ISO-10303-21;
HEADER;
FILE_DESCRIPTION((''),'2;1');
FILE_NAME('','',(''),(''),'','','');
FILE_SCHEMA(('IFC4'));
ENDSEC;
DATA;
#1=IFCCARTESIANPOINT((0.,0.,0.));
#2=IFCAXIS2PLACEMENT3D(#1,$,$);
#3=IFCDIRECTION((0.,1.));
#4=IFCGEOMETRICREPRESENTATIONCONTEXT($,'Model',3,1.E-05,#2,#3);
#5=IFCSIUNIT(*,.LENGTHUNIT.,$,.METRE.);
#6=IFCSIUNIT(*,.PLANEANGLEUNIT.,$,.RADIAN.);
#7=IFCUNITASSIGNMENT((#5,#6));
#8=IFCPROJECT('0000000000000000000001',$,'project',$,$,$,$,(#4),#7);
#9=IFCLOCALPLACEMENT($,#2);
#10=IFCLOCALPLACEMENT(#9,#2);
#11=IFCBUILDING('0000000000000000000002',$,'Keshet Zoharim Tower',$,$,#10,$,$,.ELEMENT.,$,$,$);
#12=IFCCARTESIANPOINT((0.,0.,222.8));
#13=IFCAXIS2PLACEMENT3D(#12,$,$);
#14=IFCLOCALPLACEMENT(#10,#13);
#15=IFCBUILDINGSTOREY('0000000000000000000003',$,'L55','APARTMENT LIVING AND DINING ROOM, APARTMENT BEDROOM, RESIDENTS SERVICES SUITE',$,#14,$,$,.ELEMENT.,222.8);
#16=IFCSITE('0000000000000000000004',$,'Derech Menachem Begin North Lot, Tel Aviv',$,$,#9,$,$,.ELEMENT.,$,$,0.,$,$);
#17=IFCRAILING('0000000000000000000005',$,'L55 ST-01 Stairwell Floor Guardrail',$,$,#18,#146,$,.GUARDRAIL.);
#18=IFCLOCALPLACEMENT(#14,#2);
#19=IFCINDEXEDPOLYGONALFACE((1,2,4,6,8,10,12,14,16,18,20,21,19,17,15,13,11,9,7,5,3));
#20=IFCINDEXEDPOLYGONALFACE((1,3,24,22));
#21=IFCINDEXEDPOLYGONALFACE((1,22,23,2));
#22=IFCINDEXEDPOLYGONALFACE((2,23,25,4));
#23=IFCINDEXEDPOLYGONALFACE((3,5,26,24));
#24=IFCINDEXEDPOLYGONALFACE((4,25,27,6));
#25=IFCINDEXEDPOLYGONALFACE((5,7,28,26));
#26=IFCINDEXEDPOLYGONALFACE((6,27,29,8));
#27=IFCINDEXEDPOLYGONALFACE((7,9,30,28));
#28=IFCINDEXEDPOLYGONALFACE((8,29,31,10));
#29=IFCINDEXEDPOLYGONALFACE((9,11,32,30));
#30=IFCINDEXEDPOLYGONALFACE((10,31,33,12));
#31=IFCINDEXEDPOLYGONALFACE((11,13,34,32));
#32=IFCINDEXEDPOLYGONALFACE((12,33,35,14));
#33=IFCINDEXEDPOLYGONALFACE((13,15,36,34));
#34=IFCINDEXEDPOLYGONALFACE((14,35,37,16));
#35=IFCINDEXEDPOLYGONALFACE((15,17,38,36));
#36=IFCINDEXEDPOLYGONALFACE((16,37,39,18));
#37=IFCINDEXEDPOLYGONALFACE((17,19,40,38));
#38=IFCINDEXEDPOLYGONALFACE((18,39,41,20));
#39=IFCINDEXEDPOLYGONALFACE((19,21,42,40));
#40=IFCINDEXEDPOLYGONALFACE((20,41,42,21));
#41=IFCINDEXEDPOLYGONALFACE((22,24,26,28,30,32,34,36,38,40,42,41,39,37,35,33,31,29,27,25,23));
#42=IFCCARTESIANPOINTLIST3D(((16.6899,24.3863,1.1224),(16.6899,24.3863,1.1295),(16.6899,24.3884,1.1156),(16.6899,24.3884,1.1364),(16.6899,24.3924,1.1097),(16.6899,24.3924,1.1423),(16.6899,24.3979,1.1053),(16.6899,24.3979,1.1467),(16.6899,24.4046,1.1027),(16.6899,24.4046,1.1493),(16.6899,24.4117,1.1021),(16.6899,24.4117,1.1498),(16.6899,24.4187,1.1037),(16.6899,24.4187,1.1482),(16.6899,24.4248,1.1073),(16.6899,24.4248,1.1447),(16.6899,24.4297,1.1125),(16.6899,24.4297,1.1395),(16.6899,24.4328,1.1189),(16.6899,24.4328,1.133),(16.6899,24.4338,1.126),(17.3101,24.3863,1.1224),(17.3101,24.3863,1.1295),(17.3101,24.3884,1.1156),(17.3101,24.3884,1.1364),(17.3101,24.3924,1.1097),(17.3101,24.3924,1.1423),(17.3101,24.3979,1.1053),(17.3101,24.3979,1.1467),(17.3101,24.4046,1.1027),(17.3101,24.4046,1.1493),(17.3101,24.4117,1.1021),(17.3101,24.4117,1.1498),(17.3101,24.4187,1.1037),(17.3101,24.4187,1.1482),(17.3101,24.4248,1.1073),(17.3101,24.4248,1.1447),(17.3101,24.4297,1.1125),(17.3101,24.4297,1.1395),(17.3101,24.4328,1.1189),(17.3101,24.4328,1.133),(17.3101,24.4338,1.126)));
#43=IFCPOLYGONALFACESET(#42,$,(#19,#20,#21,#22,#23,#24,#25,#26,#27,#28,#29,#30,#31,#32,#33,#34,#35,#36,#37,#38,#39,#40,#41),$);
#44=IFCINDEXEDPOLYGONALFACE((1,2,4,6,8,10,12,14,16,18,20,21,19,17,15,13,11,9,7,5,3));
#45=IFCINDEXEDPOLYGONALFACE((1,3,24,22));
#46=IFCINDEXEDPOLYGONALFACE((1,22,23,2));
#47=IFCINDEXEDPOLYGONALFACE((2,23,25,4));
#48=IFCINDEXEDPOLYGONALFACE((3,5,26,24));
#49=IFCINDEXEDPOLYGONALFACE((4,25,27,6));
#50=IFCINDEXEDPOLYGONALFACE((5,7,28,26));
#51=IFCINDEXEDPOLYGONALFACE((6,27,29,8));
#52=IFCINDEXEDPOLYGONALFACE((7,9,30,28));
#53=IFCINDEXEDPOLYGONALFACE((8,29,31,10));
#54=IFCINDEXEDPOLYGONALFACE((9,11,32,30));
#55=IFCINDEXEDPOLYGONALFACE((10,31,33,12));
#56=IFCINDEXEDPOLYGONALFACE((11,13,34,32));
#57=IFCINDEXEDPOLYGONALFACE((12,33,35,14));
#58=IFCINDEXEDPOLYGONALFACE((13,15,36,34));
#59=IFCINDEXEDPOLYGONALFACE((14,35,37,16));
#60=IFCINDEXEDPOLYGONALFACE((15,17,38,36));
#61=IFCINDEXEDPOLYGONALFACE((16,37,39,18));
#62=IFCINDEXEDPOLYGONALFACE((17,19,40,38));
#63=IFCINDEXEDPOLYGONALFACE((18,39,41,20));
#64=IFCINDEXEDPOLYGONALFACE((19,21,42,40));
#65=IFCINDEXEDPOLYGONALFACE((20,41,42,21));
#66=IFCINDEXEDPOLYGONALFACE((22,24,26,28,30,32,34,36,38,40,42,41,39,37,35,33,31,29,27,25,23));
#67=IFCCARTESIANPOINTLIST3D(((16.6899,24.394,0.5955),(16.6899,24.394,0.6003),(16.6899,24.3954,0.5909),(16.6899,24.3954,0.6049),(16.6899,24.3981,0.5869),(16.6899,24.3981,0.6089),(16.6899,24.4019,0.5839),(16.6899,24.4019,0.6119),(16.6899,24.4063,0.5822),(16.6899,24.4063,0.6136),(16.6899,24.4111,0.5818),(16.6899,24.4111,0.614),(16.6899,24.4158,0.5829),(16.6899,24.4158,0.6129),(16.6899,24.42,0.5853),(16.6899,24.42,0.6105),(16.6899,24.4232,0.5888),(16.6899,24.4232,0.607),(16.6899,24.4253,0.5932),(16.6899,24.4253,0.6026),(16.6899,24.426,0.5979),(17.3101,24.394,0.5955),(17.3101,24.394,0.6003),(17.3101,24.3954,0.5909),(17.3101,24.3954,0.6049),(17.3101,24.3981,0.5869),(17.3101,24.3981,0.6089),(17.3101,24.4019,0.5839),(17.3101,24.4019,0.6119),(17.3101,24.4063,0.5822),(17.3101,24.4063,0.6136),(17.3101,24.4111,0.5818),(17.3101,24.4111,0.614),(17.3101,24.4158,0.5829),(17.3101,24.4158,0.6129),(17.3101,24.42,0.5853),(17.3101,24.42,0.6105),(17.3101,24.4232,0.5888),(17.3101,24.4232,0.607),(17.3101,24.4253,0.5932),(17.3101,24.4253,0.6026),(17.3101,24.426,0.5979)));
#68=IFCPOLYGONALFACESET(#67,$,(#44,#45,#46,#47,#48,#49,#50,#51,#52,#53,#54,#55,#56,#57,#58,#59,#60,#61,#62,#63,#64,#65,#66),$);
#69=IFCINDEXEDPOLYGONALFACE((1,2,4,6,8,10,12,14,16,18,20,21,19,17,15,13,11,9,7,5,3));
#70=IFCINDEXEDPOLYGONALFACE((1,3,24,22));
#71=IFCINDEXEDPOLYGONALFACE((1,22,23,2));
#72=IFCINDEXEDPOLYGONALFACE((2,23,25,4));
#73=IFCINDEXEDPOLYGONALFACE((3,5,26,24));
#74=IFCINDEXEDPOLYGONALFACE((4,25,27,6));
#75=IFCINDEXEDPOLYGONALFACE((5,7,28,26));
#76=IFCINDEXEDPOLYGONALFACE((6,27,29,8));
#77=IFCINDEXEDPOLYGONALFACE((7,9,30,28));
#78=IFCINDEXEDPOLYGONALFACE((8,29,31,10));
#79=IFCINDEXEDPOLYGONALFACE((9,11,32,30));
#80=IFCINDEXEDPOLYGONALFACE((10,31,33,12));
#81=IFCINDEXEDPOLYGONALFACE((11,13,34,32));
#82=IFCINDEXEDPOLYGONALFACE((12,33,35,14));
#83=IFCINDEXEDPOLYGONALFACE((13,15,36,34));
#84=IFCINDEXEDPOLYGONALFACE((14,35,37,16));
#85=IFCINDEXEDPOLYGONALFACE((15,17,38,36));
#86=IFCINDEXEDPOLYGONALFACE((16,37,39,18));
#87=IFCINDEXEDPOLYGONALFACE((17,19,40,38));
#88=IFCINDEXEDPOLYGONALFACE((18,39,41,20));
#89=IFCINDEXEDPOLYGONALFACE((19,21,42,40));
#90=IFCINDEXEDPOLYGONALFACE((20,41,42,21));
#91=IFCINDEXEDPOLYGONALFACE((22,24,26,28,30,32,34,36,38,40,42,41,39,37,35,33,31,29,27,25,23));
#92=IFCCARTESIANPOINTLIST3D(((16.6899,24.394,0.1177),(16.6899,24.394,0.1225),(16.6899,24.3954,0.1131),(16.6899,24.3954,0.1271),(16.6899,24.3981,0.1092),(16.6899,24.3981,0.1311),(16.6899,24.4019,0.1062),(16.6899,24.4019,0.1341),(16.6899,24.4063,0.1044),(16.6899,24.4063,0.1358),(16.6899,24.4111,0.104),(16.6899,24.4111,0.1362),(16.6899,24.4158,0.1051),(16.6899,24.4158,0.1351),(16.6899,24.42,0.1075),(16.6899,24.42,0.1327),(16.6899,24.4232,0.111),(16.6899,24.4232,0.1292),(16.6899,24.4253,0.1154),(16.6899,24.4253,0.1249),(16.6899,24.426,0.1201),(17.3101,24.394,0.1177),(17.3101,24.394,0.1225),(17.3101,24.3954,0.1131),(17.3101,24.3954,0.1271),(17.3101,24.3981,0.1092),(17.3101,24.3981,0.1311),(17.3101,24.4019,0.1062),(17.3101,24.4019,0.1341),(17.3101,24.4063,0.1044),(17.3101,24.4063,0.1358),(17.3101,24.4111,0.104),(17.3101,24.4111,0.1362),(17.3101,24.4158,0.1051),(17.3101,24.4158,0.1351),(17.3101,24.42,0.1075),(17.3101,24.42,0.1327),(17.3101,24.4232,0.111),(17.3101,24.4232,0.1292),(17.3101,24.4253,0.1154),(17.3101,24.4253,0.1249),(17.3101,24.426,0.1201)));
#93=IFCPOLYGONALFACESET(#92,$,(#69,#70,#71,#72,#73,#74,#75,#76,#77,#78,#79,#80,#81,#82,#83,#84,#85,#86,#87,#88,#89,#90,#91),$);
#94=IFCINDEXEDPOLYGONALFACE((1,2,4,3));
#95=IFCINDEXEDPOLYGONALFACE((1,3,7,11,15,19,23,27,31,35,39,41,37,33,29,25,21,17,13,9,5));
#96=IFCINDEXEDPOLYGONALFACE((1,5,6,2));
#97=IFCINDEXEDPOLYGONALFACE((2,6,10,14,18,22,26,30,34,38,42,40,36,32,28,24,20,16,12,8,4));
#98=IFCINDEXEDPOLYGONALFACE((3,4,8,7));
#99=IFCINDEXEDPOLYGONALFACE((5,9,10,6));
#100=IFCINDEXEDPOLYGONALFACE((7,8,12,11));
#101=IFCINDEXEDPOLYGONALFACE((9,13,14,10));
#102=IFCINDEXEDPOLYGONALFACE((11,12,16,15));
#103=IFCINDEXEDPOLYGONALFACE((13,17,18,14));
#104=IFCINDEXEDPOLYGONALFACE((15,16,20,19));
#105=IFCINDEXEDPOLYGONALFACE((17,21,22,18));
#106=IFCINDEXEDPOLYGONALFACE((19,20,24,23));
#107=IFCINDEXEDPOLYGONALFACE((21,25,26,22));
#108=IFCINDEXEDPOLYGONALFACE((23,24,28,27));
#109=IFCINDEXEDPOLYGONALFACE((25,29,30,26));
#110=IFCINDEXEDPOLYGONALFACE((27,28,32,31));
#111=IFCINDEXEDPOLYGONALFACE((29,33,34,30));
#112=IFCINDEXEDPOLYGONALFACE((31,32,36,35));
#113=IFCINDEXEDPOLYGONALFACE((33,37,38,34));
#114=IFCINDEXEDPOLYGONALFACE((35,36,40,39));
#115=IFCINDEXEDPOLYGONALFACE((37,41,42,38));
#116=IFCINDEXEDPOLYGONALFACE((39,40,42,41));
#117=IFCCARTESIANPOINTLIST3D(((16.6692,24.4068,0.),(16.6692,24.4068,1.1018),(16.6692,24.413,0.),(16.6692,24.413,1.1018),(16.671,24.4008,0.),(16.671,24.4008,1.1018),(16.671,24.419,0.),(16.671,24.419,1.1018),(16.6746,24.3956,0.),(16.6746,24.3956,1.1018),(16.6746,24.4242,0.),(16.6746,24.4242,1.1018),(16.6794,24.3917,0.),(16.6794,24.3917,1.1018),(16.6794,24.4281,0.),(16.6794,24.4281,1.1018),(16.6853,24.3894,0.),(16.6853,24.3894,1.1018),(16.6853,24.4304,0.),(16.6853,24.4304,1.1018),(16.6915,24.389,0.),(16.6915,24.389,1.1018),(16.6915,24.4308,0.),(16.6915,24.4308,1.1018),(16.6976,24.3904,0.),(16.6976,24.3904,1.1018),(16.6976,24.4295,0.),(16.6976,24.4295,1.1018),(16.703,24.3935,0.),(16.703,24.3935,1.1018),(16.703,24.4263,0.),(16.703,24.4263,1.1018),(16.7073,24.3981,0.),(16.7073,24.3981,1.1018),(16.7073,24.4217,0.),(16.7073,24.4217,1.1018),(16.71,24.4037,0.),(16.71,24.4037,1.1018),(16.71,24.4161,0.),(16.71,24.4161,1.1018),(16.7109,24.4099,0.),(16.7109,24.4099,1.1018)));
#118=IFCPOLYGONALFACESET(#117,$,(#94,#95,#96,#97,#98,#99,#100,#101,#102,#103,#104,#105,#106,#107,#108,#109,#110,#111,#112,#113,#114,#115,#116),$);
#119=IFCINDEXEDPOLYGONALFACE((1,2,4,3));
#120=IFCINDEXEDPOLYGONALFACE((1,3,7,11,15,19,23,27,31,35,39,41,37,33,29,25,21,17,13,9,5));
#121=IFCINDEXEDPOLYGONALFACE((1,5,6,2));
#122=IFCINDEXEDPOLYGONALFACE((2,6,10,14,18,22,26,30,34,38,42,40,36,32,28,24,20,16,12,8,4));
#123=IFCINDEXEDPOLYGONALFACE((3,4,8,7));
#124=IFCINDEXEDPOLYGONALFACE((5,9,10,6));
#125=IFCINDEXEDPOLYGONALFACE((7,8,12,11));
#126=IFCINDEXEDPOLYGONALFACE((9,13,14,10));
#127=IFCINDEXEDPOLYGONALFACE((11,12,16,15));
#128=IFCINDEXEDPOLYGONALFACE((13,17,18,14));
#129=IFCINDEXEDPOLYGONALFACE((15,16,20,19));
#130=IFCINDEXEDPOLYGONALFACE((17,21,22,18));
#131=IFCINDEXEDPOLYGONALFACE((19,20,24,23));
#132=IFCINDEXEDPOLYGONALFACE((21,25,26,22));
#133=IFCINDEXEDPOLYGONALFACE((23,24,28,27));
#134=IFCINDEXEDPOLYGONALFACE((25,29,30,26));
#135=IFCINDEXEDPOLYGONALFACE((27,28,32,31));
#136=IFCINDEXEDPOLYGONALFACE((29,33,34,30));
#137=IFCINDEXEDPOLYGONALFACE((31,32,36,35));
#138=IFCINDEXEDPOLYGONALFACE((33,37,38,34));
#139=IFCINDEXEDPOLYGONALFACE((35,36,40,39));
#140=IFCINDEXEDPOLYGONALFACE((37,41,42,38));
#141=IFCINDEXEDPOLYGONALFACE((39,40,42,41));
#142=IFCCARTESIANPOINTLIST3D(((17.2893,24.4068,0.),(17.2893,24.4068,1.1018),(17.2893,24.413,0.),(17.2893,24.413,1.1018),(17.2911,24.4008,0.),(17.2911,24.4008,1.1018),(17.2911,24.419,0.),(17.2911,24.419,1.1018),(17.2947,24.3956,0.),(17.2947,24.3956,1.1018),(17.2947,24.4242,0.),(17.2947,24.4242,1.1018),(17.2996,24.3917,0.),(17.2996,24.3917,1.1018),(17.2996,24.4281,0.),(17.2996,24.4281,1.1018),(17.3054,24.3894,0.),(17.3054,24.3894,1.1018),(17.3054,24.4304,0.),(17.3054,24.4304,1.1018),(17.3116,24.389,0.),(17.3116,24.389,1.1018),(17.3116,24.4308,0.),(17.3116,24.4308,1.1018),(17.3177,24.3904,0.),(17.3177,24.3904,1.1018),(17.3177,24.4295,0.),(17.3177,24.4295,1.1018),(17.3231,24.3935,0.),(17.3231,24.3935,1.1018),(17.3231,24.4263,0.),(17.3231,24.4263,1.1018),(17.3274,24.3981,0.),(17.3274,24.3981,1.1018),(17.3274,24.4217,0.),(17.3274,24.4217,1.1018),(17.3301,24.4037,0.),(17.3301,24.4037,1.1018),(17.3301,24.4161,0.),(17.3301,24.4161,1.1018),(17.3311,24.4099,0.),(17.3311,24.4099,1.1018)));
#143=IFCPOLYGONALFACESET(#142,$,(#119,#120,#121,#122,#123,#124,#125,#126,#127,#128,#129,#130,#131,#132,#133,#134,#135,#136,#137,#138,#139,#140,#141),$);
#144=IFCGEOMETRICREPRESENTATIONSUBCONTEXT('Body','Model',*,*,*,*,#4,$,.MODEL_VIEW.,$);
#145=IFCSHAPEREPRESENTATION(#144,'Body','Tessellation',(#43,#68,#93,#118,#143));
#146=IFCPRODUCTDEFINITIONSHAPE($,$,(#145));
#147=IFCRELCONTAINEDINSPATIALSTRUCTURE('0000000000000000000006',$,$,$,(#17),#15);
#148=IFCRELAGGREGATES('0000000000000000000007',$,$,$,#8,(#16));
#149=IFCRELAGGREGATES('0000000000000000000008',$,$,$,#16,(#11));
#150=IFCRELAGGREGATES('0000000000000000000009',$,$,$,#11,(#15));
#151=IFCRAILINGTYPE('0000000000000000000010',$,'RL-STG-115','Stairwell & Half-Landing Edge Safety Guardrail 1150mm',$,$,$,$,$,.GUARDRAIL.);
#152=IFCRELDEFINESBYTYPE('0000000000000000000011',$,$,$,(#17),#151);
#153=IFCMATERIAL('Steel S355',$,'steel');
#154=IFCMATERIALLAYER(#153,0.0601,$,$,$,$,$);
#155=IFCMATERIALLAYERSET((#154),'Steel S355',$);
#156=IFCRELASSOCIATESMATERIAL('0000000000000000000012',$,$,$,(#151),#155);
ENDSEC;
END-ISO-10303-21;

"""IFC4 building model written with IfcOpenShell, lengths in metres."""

from ifc_helpers import new_model, si_unit, direction, frame, origin, origin_2d, place, context, subcontext, project, spatial, circle, extrude, material, layer, layer_set, type_object, element, save


model = new_model("IFC4")

# Units and contexts
model_context = context("Model", 3, precision=1e-05, world=origin(), true_north=direction((0.0, 1.0)))
body_context = subcontext(model_context, "Body", "Model", "MODEL_VIEW")
ifc_project = project(units=[si_unit("LENGTHUNIT", "METRE"), si_unit("PLANEANGLEUNIT", "RADIAN")], contexts=[model_context])

# Site, building, storey
site_placement = place(None, origin())
site = spatial("IfcSite", under=ifc_project, at=site_placement, Name="Derech Menachem Begin North Lot, Tel Aviv", CompositionType="ELEMENT", RefElevation=0.0)
building_placement = place(site_placement, origin())
building = spatial("IfcBuilding", under=site, at=building_placement, Name="Keshet Zoharim Tower", CompositionType="ELEMENT")
storey_placement = place(building_placement, frame((0.0, 0.0, 222.8)))
storey = spatial("IfcBuildingStorey", under=building, at=storey_placement, Name="L55", Description="APARTMENT LIVING AND DINING ROOM, APARTMENT BEDROOM, RESIDENTS SERVICES SUITE", CompositionType="ELEMENT", Elevation=222.8)

# Shared definitions
ifc_material_1 = material(Name="Steel S355", Category="steel")

# Railing
ifc_layer_1 = layer(ifc_material_1, 0.0601)
ifc_layer_set_1 = layer_set([ifc_layer_1], Name="Steel S355")
railing_type_1 = type_object("IfcRailingType", Name="RL-STG-115", Description="Stairwell & Half-Landing Edge Safety Guardrail 1150mm", PredefinedType="GUARDRAIL", material=ifc_layer_set_1)
railing_1_placement = place(storey_placement, frame((16.6899, 24.4099, 0.0)))
element("IfcRailing", 1, at=railing_1_placement, inside=storey, type_object=railing_type_1, Name="L55 ST-01 Stairwell Floor Guardrail", PredefinedType="GUARDRAIL", context=body_context, shape_type="SweptSolid", body=[
    extrude(circle(Radius=0.0239, at=origin_2d()), frame((0.0, 0.0, 1.126), z_axis=(1.0, 0.0, 0.0), x_axis=(0.0, 1.0, 0.0)), (0.0, 0.0, 1.0), 0.6201),
    extrude(circle(Radius=0.0161, at=origin_2d()), frame((0.0, 0.0, 0.5979), z_axis=(1.0, 0.0, 0.0), x_axis=(0.0, 1.0, 0.0)), (0.0, 0.0, 1.0), 0.6201),
    extrude(circle(Radius=0.0161, at=origin_2d()), frame((0.0, 0.0, 0.1201), z_axis=(1.0, 0.0, 0.0), x_axis=(0.0, 1.0, 0.0)), (0.0, 0.0, 1.0), 0.6201),
    extrude(circle(Radius=0.021, at=origin_2d()), origin(), (0.0, 0.0, 1.0), 1.1018),
    extrude(circle(Radius=0.021, at=origin_2d()), frame((0.6201, 0.0, 0.0)), (0.0, 0.0, 1.0), 1.1018),
])

save(model, "model.ifc")
